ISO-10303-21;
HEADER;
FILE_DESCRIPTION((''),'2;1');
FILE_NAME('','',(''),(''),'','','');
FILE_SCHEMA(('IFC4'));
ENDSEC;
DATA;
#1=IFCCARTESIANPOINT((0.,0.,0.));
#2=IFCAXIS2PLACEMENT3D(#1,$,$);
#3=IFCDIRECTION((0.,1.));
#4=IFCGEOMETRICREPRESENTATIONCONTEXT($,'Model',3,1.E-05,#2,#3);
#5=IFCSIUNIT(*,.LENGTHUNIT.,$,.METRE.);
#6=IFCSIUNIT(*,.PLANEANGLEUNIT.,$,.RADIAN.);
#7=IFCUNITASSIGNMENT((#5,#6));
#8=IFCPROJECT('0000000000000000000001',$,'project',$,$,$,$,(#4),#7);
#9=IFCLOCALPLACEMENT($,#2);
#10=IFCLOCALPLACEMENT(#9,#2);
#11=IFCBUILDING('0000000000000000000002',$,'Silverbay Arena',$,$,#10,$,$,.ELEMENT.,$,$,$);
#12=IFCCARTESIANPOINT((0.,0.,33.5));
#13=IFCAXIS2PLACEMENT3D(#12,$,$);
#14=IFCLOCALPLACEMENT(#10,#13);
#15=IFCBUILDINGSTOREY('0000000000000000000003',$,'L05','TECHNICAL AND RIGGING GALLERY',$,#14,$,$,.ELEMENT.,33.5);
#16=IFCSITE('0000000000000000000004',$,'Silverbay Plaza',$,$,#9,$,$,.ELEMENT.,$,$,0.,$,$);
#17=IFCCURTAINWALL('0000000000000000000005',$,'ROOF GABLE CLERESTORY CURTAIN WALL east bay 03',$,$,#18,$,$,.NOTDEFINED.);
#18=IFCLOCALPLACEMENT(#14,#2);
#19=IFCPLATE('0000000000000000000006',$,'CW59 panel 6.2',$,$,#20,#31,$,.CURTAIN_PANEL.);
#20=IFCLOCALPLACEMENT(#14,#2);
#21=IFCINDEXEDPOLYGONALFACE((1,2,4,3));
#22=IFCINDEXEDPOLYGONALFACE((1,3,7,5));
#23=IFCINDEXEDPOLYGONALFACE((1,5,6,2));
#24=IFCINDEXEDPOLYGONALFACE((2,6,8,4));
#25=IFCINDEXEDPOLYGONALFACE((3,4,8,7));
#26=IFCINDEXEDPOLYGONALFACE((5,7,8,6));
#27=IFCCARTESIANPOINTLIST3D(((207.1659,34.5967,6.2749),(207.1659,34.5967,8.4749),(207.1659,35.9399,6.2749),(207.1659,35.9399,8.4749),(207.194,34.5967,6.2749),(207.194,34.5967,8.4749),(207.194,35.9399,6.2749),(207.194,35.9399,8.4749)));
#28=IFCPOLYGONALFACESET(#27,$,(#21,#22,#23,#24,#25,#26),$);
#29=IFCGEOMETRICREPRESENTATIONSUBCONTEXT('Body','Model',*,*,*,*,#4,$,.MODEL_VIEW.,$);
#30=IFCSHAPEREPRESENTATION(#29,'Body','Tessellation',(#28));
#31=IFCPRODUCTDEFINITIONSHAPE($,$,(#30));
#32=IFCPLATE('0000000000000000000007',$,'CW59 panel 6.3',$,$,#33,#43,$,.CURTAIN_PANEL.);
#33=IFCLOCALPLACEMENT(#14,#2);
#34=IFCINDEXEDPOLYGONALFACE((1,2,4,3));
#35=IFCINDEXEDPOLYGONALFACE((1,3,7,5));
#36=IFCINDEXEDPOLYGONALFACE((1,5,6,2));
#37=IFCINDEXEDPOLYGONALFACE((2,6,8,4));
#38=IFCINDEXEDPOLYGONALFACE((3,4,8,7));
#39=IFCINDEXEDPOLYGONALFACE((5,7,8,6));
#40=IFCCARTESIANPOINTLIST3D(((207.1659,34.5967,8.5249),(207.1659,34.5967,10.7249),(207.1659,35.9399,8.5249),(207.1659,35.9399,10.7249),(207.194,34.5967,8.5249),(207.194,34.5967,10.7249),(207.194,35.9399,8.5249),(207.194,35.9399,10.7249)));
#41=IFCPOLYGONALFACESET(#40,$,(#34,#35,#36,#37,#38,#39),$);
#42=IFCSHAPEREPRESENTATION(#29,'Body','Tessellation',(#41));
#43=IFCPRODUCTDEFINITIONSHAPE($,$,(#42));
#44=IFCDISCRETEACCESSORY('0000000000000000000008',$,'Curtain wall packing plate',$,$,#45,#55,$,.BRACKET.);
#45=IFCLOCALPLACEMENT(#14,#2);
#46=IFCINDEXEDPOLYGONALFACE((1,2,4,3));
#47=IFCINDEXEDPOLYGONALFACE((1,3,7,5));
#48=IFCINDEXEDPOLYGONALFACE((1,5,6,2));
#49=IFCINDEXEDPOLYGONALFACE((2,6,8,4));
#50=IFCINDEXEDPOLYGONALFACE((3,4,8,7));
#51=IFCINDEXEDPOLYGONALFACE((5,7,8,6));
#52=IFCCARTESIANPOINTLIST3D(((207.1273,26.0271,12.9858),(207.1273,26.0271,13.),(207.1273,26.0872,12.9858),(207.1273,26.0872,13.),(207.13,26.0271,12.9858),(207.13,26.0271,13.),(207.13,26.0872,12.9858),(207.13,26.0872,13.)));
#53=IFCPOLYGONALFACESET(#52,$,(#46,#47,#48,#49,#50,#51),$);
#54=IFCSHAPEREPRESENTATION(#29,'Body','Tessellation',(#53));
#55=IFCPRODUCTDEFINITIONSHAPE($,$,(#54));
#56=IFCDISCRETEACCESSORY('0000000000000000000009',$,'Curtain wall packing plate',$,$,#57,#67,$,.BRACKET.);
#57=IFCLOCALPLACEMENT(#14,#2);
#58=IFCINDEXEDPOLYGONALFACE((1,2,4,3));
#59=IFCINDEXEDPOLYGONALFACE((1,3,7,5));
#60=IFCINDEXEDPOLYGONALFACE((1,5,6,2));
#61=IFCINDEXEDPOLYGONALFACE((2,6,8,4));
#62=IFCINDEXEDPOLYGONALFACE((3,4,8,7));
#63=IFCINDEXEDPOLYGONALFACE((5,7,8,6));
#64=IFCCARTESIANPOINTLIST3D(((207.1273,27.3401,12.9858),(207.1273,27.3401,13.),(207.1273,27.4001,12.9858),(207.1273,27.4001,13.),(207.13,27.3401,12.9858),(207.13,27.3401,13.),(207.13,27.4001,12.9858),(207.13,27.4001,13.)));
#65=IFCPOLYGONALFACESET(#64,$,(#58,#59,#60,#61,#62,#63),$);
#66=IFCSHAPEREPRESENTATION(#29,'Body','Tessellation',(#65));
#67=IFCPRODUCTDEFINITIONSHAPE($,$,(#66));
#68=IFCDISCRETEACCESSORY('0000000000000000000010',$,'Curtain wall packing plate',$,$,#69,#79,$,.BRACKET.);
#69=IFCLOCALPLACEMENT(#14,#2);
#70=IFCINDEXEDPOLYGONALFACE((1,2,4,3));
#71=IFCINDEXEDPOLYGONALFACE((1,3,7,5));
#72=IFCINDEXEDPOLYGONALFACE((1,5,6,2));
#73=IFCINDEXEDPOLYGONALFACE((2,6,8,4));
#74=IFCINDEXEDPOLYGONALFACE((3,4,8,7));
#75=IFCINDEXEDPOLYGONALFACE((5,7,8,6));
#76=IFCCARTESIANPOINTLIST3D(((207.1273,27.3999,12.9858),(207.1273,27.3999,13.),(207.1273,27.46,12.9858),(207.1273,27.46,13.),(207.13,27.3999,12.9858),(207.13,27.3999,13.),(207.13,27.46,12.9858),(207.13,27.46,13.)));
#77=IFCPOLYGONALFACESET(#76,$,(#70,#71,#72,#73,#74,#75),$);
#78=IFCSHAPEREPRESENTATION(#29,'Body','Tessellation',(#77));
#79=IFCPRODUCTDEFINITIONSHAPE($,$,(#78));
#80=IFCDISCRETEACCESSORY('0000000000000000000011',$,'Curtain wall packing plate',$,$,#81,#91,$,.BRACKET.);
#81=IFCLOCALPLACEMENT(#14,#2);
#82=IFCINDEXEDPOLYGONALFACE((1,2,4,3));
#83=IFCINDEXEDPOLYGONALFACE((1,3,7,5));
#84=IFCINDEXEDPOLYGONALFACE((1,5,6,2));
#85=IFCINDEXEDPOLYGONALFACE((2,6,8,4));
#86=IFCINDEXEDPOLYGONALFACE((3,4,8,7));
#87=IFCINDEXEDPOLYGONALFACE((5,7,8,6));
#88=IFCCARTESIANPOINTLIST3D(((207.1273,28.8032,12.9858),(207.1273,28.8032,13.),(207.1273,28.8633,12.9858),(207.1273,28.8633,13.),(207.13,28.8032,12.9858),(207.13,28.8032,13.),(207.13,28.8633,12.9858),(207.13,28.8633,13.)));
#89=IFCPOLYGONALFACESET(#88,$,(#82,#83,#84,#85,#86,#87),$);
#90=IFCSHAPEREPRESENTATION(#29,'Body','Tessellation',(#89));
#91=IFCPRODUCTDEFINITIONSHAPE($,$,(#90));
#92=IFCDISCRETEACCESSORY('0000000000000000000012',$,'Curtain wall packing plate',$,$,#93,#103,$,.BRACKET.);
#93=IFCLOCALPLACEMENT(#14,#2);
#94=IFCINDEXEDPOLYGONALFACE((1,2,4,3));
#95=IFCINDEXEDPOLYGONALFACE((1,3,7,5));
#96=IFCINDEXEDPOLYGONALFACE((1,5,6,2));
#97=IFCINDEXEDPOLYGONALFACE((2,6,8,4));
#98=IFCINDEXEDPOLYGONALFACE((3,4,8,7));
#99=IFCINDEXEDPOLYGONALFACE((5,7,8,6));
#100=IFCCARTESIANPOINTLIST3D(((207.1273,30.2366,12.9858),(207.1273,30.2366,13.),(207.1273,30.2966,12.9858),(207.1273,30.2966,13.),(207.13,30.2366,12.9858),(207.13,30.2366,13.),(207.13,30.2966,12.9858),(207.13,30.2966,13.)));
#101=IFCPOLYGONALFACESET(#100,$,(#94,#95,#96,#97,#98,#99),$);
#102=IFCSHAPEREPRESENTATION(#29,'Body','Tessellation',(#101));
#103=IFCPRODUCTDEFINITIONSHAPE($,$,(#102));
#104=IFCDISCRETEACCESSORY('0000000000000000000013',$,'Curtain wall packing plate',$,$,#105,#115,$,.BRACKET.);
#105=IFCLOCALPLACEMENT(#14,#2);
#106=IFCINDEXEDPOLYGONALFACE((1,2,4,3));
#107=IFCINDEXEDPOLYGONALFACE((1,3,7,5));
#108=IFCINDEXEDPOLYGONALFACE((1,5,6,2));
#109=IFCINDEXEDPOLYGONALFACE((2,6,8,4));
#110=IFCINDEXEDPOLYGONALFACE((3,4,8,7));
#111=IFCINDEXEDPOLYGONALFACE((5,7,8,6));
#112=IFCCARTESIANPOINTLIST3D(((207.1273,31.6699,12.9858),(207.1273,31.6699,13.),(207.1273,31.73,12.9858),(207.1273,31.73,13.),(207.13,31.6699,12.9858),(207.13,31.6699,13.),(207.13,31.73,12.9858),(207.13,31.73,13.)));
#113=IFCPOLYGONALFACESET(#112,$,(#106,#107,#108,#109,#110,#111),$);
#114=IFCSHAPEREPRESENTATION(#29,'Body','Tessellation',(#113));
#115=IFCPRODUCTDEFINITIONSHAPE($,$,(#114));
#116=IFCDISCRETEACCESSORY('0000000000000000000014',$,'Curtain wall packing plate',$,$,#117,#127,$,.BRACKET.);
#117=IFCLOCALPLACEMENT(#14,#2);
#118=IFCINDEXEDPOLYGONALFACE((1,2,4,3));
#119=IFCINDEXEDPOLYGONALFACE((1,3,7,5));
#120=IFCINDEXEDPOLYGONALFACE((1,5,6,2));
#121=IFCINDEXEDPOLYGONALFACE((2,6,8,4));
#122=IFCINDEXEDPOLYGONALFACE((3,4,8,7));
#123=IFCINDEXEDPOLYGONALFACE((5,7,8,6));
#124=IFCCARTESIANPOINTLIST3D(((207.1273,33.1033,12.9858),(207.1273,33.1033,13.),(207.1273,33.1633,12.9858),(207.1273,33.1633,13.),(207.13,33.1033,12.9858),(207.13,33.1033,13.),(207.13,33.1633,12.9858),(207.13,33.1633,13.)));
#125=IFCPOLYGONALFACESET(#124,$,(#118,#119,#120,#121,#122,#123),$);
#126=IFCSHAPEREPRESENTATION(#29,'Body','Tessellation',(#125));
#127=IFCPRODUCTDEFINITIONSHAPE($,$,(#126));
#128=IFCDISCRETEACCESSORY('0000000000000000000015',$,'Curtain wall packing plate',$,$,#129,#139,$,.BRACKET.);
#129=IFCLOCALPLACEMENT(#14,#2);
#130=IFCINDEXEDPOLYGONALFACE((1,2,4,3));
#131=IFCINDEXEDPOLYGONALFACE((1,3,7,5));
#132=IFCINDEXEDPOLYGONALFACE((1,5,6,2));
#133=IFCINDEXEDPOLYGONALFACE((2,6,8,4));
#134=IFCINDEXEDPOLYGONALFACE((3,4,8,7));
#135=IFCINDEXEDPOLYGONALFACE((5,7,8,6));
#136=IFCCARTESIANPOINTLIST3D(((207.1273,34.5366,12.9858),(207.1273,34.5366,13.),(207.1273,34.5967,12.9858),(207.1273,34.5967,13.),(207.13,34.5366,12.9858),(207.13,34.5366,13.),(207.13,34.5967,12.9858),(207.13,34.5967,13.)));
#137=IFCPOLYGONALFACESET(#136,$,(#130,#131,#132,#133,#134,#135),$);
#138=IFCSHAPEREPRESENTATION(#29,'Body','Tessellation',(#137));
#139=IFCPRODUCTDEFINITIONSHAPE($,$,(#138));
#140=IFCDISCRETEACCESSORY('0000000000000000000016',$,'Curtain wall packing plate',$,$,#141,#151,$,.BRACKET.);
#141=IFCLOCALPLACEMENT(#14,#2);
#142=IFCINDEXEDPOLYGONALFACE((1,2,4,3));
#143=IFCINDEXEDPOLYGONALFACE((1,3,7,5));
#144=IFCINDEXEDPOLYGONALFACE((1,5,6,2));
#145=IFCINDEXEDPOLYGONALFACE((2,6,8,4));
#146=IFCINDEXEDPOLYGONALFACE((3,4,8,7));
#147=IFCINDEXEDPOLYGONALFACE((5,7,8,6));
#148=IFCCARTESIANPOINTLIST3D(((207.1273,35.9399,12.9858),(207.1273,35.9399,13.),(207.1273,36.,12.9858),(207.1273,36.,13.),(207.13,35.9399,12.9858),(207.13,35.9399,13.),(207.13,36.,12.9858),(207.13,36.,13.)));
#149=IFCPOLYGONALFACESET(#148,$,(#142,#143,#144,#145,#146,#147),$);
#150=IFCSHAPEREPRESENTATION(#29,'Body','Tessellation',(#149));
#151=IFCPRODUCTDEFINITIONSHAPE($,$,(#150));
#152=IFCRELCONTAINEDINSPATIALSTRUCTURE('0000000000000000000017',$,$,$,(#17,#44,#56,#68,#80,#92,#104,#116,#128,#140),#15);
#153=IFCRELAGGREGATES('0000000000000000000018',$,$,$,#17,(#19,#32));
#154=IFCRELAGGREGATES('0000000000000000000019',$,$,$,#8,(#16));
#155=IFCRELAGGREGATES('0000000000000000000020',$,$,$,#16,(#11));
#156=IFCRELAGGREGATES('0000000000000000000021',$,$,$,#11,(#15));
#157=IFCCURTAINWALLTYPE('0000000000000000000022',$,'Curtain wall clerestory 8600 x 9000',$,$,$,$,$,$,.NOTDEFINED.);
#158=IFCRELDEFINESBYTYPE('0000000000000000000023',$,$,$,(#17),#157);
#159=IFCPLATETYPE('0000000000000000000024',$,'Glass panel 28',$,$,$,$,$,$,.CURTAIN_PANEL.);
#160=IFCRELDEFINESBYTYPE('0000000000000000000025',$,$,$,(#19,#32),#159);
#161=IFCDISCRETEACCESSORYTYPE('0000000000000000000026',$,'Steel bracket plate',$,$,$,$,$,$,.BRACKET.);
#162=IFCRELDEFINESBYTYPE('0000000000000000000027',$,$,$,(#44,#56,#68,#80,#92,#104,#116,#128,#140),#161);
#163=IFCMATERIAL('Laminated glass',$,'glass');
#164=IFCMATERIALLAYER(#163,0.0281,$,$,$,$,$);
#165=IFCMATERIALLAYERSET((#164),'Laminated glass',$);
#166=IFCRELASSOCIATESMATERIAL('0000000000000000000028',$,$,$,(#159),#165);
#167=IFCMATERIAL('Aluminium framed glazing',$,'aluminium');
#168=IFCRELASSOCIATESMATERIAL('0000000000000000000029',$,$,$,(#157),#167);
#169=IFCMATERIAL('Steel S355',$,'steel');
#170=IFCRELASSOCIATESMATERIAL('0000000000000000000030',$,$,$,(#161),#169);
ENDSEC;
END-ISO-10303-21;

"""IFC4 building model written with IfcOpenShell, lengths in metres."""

from ifc_helpers import new_model, si_unit, direction, frame, origin, origin_2d, place, context, subcontext, project, spatial, rectangle, extrude, material, layer, layer_set, type_object, element, aggregate, save


model = new_model("IFC4")

# Units and contexts
model_context = context("Model", 3, precision=1e-05, world=origin(), true_north=direction((0.0, 1.0)))
body_context = subcontext(model_context, "Body", "Model", "MODEL_VIEW")
ifc_project = project(units=[si_unit("LENGTHUNIT", "METRE"), si_unit("PLANEANGLEUNIT", "RADIAN")], contexts=[model_context])

# Site, building, storey
site_placement = place(None, origin())
site = spatial("IfcSite", under=ifc_project, at=site_placement, Name="Silverbay Plaza", CompositionType="ELEMENT", RefElevation=0.0)
building_placement = place(site_placement, origin())
building = spatial("IfcBuilding", under=site, at=building_placement, Name="Silverbay Arena", CompositionType="ELEMENT")
storey_placement = place(building_placement, frame((0.0, 0.0, 33.5)))
storey = spatial("IfcBuildingStorey", under=building, at=storey_placement, Name="L05", Description="TECHNICAL AND RIGGING GALLERY", CompositionType="ELEMENT", Elevation=33.5)

# Curtain wall, plates
ifc_material_1 = material(Name="Laminated glass", Category="glass")
ifc_layer = layer(ifc_material_1, 0.0281)
ifc_layer_set = layer_set([ifc_layer], Name="Laminated glass")
plate_type = type_object("IfcPlateType", Name="Glass panel 28", PredefinedType="CURTAIN_PANEL", material=ifc_layer_set)
ifc_material_2 = material(Name="Aluminium framed glazing", Category="aluminium")
curtain_wall_type_1 = type_object("IfcCurtainWallType", Name="Curtain wall clerestory 8600 x 9000", PredefinedType="NOTDEFINED", material=ifc_material_2)
curtain_wall_1_placement = place(storey_placement, origin())
curtain_wall_1 = element("IfcCurtainWall", 1, at=curtain_wall_1_placement, inside=storey, type_object=curtain_wall_type_1, Name="ROOF GABLE CLERESTORY CURTAIN WALL east bay 03", PredefinedType="NOTDEFINED")
plate_1_placement = place(storey_placement, frame((207.1799, 35.2683, 6.2749), z_axis=(0.0, 0.0, 1.0), x_axis=(0.0, 1.0, 0.0)))
plate_1 = element("IfcPlate", 2, at=plate_1_placement, type_object=plate_type, Name="CW59 panel 6.2", PredefinedType="CURTAIN_PANEL", context=body_context, shape_type="SweptSolid", body=[
    extrude(rectangle(XDim=1.3433, YDim=0.0281, at=origin_2d()), origin(), (0.0, 0.0, 1.0), 2.2),
])
plate_2_placement = place(storey_placement, frame((207.1799, 35.2683, 8.5249), z_axis=(0.0, 0.0, 1.0), x_axis=(0.0, 1.0, 0.0)))
plate_2 = element("IfcPlate", 3, at=plate_2_placement, type_object=plate_type, Name="CW59 panel 6.3", PredefinedType="CURTAIN_PANEL", context=body_context, shape_type="SweptSolid", body=[
    extrude(rectangle(XDim=1.3433, YDim=0.0281, at=origin_2d()), origin(), (0.0, 0.0, 1.0), 2.2),
])
aggregate(curtain_wall_1, [plate_1, plate_2])

# Discrete accessories
ifc_material_3 = material(Name="Steel S355", Category="steel")
discrete_accessory_type = type_object("IfcDiscreteAccessoryType", Name="Steel bracket plate", PredefinedType="BRACKET", material=ifc_material_3)
for number, where, z_axis, x_axis, name in (
    (4, (207.1287, 26.0571, 12.9858), (0.0, 0.0, 1.0), (1.0, 0.0, 0.0), "Curtain wall packing plate"),
    (5, (207.1287, 27.3701, 12.9858), (0.0, 0.0, 1.0), (1.0, 0.0, 0.0), "Curtain wall packing plate"),
    (6, (207.1287, 27.4299, 12.9858), (0.0, 0.0, 1.0), (1.0, 0.0, 0.0), "Curtain wall packing plate"),
    (7, (207.1287, 28.8333, 12.9858), (0.0, 0.0, 1.0), (1.0, 0.0, 0.0), "Curtain wall packing plate"),
    (8, (207.1287, 30.2666, 12.9858), (0.0, 0.0, 1.0), (1.0, 0.0, 0.0), "Curtain wall packing plate"),
    (9, (207.1287, 31.7, 12.9858), (0.0, 0.0, 1.0), (1.0, 0.0, 0.0), "Curtain wall packing plate"),
    (10, (207.1287, 33.1333, 12.9858), (0.0, 0.0, 1.0), (1.0, 0.0, 0.0), "Curtain wall packing plate"),
    (11, (207.1287, 34.5667, 12.9858), (0.0, 0.0, 1.0), (1.0, 0.0, 0.0), "Curtain wall packing plate"),
    (12, (207.1287, 35.97, 12.9858), (0.0, 0.0, 1.0), (1.0, 0.0, 0.0), "Curtain wall packing plate"),
):
    element("IfcDiscreteAccessory", number, at=place(storey_placement, frame(where, z_axis=z_axis, x_axis=x_axis)), inside=storey, type_object=discrete_accessory_type, Name=name, PredefinedType="BRACKET", context=body_context, shape_type="SweptSolid", body=[
        extrude(rectangle(XDim=0.0027, YDim=0.0601, at=origin_2d()), origin(), (0.0, 0.0, 1.0), 0.0142),
    ])

save(model, "model.ifc")
